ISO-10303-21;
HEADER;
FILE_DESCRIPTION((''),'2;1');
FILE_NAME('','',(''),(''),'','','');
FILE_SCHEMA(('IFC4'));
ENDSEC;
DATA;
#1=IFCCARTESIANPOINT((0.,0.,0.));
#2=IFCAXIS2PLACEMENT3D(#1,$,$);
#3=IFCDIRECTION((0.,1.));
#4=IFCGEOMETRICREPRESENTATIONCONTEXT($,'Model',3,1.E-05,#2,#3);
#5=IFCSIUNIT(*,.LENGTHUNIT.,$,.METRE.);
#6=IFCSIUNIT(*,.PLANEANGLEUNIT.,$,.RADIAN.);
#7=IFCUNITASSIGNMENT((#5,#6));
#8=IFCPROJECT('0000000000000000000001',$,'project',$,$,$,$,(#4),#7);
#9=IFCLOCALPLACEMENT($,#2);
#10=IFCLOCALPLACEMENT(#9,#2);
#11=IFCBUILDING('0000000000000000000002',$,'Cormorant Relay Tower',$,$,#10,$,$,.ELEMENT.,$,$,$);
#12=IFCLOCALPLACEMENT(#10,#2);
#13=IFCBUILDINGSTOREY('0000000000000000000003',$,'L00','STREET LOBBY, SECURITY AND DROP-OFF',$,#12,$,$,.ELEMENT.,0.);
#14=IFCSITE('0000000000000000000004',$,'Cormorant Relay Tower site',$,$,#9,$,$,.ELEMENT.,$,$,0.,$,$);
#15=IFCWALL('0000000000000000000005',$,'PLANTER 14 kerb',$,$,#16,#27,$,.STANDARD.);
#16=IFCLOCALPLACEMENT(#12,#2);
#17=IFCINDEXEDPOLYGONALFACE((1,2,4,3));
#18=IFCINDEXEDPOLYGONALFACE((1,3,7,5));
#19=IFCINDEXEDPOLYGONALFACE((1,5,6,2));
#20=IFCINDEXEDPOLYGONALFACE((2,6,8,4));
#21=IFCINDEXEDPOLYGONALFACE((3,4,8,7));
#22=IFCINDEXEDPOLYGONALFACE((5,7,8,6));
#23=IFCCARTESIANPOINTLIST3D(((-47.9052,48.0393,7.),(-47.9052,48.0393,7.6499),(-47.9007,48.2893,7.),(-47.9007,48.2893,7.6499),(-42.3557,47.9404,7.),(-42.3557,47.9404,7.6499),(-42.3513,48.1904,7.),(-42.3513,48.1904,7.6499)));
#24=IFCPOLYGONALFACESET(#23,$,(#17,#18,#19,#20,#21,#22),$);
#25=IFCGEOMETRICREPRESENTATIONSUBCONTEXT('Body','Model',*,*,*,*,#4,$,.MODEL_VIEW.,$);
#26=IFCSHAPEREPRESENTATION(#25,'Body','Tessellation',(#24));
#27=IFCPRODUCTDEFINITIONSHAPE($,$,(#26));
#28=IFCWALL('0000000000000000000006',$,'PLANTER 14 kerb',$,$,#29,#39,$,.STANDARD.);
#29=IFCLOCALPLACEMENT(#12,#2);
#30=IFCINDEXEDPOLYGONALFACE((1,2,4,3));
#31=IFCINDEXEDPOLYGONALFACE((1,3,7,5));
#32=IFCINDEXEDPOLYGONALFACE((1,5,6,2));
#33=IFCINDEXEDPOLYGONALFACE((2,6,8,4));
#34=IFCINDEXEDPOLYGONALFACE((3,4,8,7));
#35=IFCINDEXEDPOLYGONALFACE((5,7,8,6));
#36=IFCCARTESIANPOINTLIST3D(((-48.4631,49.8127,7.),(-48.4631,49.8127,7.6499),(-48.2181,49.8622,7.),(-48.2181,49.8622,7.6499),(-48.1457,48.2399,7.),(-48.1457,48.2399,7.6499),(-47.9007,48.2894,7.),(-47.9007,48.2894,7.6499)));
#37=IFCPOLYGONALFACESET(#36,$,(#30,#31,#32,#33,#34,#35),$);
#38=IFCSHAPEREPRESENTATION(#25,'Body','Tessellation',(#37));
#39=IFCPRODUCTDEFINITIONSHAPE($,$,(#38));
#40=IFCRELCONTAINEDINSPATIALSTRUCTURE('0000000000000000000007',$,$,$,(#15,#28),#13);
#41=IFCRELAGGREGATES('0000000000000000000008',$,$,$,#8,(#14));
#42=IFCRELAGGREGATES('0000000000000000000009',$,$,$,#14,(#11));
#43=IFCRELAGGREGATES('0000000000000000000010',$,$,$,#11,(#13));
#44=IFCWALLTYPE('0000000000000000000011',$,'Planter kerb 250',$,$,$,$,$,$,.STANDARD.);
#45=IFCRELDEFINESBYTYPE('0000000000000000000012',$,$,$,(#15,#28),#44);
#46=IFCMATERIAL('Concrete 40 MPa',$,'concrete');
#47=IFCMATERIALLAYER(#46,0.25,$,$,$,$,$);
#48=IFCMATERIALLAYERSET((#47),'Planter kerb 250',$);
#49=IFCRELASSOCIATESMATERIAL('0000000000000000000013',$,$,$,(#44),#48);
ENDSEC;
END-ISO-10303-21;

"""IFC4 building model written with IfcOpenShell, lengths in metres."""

from ifc_helpers import new_model, si_unit, direction, frame, frame_2d, origin, place, context, subcontext, project, spatial, rectangle, extrude, material, layer, layer_set, type_object, element, save


model = new_model("IFC4")

# Units and contexts
model_context = context("Model", 3, precision=1e-05, world=origin(), true_north=direction((0.0, 1.0)))
body_context = subcontext(model_context, "Body", "Model", "MODEL_VIEW")
ifc_project = project(units=[si_unit("LENGTHUNIT", "METRE"), si_unit("PLANEANGLEUNIT", "RADIAN")], contexts=[model_context])

# Site, building, storey
site_placement = place(None, origin())
site = spatial("IfcSite", under=ifc_project, at=site_placement, Name="Cormorant Relay Tower site", CompositionType="ELEMENT", RefElevation=0.0)
building_placement = place(site_placement, origin())
building = spatial("IfcBuilding", under=site, at=building_placement, Name="Cormorant Relay Tower", CompositionType="ELEMENT")
storey_placement = place(building_placement, origin())
storey = spatial("IfcBuildingStorey", under=building, at=storey_placement, Name="L00", Description="STREET LOBBY, SECURITY AND DROP-OFF", CompositionType="ELEMENT", Elevation=0.0)

# Walls
ifc_material_1 = material(Name="Concrete 40 MPa", Category="concrete")
ifc_layer_1 = layer(ifc_material_1, 0.25)
ifc_layer_set_1 = layer_set([ifc_layer_1], Name="Planter kerb 250")
wall_type_1 = type_object("IfcWallType", Name="Planter kerb 250", PredefinedType="STANDARD", material=ifc_layer_set_1)
wall_1_placement = place(storey_placement, frame((-42.3535, 48.0654, 7.0), z_axis=(0.0, 0.0, 1.0), x_axis=(-0.999841, 0.017815, 0.0)))
element("IfcWall", 1, at=wall_1_placement, inside=storey, type_object=wall_type_1, Name="PLANTER 14 kerb", PredefinedType="STANDARD", context=body_context, shape_type="SweptSolid", body=[
    extrude(rectangle(XDim=5.5503, YDim=0.25, at=frame_2d((2.7751, 0.0))), origin(), (0.0, 0.0, 1.0), 0.6499),
])
wall_2_placement = place(storey_placement, frame((-48.0232, 48.2646, 7.0), z_axis=(0.0, 0.0, 1.0), x_axis=(-0.197813, 0.98024, 0.0)))
element("IfcWall", 2, at=wall_2_placement, inside=storey, type_object=wall_type_1, Name="PLANTER 14 kerb", PredefinedType="STANDARD", context=body_context, shape_type="SweptSolid", body=[
    extrude(rectangle(XDim=1.6045, YDim=0.25, at=frame_2d((0.8022, 0.0))), origin(), (0.0, 0.0, 1.0), 0.6499),
])

save(model, "model.ifc")
